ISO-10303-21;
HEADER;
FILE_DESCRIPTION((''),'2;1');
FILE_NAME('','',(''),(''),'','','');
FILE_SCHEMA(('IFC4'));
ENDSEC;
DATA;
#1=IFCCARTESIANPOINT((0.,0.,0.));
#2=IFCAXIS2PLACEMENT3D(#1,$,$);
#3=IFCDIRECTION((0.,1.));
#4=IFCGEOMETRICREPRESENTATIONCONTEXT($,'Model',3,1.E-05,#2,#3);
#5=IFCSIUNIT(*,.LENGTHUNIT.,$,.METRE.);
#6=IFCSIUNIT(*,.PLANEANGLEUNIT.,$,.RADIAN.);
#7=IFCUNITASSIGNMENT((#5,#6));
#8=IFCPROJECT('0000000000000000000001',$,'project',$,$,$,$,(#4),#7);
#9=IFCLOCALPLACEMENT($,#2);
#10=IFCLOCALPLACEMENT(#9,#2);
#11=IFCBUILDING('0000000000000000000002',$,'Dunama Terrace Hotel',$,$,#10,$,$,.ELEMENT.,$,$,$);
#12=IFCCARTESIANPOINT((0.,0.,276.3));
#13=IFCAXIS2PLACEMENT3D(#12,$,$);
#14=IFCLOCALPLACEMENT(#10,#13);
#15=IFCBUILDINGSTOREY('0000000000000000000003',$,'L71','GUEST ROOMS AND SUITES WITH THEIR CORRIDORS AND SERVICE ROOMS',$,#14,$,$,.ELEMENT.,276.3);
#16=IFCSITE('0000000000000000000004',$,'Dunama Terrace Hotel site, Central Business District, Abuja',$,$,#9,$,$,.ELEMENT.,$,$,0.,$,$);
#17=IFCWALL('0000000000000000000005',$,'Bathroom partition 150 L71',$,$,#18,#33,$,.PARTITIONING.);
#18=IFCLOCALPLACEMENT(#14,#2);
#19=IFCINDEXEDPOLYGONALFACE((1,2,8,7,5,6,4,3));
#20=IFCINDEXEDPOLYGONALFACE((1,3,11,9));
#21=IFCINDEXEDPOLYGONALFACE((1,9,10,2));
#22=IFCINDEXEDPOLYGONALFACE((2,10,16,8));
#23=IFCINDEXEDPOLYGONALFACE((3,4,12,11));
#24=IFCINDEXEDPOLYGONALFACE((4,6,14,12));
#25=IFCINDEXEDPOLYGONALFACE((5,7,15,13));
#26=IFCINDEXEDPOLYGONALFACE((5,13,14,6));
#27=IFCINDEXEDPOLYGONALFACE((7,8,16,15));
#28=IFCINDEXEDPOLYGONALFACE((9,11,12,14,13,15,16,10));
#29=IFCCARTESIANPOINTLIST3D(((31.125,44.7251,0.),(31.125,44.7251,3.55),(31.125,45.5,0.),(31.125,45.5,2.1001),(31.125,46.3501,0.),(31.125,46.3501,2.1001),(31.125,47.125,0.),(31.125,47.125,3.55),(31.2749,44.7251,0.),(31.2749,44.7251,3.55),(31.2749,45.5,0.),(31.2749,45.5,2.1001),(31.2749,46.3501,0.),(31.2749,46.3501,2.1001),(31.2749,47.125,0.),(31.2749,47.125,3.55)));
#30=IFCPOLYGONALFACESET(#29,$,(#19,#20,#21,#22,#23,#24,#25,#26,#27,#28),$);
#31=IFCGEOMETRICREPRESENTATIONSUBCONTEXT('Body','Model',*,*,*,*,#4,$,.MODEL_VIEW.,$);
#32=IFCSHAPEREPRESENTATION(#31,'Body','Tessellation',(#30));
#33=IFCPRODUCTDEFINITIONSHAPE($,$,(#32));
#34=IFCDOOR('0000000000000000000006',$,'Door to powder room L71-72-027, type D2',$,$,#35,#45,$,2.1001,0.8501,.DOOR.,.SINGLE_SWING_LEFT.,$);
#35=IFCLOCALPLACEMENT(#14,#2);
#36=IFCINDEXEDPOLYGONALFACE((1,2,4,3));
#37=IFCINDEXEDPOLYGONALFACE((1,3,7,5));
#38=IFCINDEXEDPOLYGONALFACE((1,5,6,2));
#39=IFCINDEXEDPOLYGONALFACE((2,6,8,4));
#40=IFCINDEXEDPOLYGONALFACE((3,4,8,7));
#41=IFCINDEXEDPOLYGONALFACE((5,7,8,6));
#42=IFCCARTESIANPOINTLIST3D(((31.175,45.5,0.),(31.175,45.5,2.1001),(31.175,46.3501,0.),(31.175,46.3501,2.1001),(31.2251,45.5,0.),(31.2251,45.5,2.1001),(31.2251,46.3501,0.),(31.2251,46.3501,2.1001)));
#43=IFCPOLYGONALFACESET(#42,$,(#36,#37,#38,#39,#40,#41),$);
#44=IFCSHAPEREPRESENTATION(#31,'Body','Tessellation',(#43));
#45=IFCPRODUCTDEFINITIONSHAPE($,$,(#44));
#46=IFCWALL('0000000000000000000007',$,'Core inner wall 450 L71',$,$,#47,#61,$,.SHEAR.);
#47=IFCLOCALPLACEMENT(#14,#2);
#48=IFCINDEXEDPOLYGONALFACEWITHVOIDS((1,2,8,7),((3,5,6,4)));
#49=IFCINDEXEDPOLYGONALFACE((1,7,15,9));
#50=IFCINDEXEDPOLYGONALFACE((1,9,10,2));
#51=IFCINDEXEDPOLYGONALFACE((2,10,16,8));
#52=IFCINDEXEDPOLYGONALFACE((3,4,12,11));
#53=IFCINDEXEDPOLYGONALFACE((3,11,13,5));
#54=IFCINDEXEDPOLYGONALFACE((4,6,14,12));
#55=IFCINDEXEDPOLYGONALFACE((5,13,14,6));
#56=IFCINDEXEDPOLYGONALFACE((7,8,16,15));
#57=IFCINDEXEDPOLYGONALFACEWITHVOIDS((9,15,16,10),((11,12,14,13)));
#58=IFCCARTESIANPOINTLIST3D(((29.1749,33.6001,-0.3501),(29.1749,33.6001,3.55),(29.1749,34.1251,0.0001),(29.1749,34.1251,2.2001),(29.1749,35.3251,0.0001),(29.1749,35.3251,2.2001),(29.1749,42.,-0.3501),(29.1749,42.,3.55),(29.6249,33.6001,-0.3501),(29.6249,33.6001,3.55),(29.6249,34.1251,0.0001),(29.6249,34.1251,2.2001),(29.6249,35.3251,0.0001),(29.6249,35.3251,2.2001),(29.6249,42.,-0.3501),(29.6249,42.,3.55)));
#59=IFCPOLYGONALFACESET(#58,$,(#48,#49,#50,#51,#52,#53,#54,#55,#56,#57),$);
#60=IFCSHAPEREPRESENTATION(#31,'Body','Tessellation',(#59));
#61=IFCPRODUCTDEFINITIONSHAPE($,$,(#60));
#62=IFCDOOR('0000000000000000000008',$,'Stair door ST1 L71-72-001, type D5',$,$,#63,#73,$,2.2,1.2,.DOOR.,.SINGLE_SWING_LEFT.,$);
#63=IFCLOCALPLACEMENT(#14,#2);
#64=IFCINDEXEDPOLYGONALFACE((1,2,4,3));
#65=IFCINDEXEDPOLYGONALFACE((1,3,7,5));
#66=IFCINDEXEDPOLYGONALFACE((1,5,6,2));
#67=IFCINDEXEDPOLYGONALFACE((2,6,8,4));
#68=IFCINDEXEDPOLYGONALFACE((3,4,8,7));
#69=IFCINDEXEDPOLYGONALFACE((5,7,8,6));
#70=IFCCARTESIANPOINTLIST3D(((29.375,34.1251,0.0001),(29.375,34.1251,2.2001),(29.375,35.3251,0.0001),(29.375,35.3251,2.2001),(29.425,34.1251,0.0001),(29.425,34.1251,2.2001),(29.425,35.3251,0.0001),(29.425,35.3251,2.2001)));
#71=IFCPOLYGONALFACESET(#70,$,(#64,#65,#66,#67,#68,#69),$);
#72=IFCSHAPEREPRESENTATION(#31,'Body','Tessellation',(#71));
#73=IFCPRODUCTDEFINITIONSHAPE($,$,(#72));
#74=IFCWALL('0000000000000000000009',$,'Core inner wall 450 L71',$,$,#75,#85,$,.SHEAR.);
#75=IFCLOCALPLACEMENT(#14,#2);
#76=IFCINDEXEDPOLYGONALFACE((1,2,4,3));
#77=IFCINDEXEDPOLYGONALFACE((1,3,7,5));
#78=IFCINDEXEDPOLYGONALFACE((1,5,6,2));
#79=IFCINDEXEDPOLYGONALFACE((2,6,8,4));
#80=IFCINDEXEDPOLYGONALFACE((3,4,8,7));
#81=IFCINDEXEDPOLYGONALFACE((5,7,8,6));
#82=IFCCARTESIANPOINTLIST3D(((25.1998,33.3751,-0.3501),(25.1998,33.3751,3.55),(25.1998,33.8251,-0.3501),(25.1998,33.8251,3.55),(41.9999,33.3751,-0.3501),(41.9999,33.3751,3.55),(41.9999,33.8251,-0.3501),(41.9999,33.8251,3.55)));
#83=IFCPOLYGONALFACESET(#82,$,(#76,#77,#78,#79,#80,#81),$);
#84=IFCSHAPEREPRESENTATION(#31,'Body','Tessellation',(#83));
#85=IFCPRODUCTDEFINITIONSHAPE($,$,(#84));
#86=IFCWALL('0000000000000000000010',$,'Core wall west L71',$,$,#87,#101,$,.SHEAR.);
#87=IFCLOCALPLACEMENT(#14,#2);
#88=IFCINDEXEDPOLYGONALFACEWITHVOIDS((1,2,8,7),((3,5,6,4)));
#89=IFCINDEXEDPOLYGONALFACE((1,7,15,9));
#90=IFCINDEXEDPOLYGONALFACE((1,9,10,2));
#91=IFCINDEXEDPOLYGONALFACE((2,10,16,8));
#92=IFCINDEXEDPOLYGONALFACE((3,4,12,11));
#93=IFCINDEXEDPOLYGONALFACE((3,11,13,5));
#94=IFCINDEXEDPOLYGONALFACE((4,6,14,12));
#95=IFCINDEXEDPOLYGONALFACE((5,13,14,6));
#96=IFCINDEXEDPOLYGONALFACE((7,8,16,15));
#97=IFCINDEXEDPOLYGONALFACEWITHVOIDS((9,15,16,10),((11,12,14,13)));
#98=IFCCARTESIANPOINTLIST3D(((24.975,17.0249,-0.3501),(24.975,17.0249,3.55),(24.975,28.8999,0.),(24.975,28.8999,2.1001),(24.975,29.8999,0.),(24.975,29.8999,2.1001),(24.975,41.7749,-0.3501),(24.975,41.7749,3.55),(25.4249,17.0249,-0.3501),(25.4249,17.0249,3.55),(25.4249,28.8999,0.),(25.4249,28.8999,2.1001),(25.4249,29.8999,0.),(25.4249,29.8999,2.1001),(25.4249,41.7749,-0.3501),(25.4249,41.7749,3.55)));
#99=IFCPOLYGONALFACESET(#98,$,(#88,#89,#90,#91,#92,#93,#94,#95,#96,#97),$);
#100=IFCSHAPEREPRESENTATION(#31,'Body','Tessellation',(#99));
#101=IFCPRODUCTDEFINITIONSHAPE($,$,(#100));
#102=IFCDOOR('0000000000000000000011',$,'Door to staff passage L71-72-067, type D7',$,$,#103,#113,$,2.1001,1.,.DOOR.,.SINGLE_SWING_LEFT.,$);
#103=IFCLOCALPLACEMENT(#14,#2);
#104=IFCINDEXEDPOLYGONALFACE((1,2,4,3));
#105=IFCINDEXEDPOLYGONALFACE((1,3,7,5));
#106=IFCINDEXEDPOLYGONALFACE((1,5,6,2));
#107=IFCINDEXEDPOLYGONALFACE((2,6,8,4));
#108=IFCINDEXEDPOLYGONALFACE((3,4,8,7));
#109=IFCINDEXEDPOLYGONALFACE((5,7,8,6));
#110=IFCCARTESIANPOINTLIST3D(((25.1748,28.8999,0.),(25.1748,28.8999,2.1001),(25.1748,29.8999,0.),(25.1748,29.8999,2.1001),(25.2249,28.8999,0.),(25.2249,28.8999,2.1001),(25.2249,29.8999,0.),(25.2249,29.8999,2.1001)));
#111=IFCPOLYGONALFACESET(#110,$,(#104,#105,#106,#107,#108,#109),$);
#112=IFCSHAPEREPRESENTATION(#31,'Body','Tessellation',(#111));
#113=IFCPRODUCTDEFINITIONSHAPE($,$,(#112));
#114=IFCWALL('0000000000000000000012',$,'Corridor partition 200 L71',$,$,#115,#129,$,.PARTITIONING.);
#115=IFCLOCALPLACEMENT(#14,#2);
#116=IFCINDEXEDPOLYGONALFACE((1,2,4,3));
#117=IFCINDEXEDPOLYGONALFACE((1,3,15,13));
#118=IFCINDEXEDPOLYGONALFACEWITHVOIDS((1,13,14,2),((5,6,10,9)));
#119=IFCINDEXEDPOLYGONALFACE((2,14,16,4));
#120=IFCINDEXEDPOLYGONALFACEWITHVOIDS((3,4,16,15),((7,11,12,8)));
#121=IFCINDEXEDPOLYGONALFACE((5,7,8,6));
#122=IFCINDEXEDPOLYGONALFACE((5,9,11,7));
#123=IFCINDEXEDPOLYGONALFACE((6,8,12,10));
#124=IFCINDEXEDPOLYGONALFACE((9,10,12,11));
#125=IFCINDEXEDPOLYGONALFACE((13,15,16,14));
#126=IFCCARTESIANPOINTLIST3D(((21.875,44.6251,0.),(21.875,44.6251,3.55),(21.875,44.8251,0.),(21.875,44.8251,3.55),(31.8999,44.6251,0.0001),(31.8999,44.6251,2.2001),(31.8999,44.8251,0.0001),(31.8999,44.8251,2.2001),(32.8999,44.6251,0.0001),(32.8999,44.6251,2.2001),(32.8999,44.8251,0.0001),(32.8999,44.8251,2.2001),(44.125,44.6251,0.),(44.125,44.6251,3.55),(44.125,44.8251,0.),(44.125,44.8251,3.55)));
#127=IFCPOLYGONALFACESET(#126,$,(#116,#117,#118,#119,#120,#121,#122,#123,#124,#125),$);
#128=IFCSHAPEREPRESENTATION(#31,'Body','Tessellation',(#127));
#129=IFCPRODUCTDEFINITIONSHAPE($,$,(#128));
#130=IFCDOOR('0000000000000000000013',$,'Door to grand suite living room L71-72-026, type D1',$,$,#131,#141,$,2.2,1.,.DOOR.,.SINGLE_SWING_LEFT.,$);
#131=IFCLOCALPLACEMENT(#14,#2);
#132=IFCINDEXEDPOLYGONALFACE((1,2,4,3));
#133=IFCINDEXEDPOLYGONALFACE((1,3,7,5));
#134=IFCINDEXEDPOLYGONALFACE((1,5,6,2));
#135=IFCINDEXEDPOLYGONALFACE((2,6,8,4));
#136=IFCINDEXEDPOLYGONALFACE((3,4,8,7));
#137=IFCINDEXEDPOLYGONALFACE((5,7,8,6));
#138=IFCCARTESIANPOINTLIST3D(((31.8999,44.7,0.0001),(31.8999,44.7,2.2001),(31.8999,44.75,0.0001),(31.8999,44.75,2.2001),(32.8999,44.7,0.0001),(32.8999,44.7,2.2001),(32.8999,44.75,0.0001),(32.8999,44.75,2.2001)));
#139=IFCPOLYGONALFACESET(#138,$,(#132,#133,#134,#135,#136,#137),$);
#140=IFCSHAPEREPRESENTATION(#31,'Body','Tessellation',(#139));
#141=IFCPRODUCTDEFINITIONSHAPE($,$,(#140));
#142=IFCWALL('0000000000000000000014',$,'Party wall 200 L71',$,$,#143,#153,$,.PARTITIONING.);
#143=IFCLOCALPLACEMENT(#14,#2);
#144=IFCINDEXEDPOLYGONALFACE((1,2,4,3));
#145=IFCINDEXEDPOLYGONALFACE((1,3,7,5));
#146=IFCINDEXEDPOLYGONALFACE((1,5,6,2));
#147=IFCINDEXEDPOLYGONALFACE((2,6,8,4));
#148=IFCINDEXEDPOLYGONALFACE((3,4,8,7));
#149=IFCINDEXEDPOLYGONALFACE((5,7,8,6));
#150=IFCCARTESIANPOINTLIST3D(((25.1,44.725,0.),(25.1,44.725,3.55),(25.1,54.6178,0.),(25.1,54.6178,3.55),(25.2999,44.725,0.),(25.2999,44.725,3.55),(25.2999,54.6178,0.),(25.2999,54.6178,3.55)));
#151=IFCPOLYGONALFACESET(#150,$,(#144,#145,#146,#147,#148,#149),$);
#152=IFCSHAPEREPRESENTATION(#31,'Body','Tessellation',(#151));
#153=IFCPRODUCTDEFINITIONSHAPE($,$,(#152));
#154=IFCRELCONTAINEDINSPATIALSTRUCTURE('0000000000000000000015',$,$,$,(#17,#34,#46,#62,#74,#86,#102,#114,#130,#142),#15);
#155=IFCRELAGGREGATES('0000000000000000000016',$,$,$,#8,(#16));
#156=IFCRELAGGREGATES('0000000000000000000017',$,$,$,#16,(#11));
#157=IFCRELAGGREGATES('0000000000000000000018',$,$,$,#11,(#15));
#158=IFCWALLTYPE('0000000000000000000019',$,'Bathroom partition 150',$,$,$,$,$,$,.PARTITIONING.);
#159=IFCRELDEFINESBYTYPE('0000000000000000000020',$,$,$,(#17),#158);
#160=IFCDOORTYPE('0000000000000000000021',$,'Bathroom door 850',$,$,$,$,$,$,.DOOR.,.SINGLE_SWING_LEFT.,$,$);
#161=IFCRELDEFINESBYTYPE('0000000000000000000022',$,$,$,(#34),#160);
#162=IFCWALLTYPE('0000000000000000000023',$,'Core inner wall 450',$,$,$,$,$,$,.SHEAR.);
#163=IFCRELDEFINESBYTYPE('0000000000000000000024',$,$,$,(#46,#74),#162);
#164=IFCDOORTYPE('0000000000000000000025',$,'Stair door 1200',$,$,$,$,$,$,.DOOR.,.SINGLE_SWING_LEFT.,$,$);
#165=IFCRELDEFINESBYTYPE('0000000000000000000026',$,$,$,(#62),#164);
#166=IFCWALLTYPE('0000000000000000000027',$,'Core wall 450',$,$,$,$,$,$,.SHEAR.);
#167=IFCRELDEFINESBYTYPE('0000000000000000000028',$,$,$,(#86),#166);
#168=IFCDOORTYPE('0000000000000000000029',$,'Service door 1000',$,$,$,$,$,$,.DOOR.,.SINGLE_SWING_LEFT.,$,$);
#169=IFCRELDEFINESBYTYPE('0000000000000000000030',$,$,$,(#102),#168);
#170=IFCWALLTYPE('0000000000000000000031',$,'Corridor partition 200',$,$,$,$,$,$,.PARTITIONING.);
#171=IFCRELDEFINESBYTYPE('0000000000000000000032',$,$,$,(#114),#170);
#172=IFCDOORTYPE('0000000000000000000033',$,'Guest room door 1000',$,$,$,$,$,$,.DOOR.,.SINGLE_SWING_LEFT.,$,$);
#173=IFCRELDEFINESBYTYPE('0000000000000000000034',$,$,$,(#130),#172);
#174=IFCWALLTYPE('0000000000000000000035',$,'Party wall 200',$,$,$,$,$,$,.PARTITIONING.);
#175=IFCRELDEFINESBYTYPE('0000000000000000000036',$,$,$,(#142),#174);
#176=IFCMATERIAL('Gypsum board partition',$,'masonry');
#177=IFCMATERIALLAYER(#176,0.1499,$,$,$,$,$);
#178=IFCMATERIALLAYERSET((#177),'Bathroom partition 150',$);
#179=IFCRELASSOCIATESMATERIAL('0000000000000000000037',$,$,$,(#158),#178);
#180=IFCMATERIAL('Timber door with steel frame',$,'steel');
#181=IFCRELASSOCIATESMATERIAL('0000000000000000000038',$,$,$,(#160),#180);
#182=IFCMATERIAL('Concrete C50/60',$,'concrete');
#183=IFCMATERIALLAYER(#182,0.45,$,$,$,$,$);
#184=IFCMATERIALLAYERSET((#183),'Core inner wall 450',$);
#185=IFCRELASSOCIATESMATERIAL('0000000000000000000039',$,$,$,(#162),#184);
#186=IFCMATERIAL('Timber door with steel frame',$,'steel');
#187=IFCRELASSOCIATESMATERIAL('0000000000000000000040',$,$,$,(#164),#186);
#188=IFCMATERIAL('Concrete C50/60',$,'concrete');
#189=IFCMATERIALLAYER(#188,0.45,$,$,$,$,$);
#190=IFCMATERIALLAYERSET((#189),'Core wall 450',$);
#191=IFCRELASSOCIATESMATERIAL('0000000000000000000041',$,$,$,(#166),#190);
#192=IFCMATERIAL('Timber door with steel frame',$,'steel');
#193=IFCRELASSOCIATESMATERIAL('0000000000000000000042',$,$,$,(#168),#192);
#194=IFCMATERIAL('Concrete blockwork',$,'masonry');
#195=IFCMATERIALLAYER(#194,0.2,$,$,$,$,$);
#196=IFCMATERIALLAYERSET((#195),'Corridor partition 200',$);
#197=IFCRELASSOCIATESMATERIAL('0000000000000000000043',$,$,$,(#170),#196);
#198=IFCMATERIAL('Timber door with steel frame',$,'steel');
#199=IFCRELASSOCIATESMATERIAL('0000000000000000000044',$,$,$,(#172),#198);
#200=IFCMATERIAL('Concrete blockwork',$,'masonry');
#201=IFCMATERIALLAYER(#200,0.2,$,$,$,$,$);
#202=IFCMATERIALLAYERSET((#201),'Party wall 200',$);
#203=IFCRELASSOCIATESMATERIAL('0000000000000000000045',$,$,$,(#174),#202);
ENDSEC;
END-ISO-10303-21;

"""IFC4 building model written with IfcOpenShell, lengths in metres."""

from ifc_helpers import new_model, si_unit, direction, frame, frame_2d, origin, place, context, subcontext, project, spatial, rectangle, extrude, material, layer, layer_set, type_object, element, fill, save


model = new_model("IFC4")

# Units and contexts
model_context = context("Model", 3, precision=1e-05, world=origin(), true_north=direction((0.0, 1.0)))
body_context = subcontext(model_context, "Body", "Model", "MODEL_VIEW")
ifc_project = project(units=[si_unit("LENGTHUNIT", "METRE"), si_unit("PLANEANGLEUNIT", "RADIAN")], contexts=[model_context])

# Site, building, storey
site_placement = place(None, origin())
site = spatial("IfcSite", under=ifc_project, at=site_placement, Name="Dunama Terrace Hotel site, Central Business District, Abuja", CompositionType="ELEMENT", RefElevation=0.0)
building_placement = place(site_placement, origin())
building = spatial("IfcBuilding", under=site, at=building_placement, Name="Dunama Terrace Hotel", CompositionType="ELEMENT")
storey_placement = place(building_placement, frame((0.0, 0.0, 276.3)))
storey = spatial("IfcBuildingStorey", under=building, at=storey_placement, Name="L71", Description="GUEST ROOMS AND SUITES WITH THEIR CORRIDORS AND SERVICE ROOMS", CompositionType="ELEMENT", Elevation=276.3)

# Walls, openings, doors
ifc_material_1 = material(Name="Gypsum board partition", Category="masonry")
ifc_layer_1 = layer(ifc_material_1, 0.1499)
ifc_layer_set_1 = layer_set([ifc_layer_1], Name="Bathroom partition 150")
wall_type_1 = type_object("IfcWallType", Name="Bathroom partition 150", PredefinedType="PARTITIONING", material=ifc_layer_set_1)
wall_1_placement = place(storey_placement, frame((31.2, 44.7251, 0.0), z_axis=(0.0, 0.0, 1.0), x_axis=(0.0, 1.0, 0.0)))
wall_1 = element("IfcWall", 1, at=wall_1_placement, inside=storey, type_object=wall_type_1, Name="Bathroom partition 150 L71", PredefinedType="PARTITIONING", context=body_context, shape_type="SweptSolid", body=[
    extrude(rectangle(XDim=2.3999, YDim=0.1499, at=frame_2d((1.2, 0.0))), origin(), (0.0, 0.0, 1.0), 3.55),
])
opening_1_placement = place(wall_1_placement, frame((0.7749, 0.0, 0.0)))
opening_1 = element("IfcOpeningElement", 2, at=opening_1_placement, cuts=wall_1, PredefinedType="OPENING", context=body_context, shape_type="SweptSolid", body=[
    extrude(rectangle(XDim=0.8501, YDim=2.1001, at=frame_2d((0.425, 1.05))), frame((0.0, 0.085, 0.0), z_axis=(0.0, -1.0, 0.0), x_axis=(1.0, 0.0, 0.0)), (0.0, 0.0, 1.0), 0.1699),
])
ifc_material_2 = material(Name="Timber door with steel frame", Category="steel")
door_type_1 = type_object("IfcDoorType", Name="Bathroom door 850", OperationType="SINGLE_SWING_LEFT", PredefinedType="DOOR", material=ifc_material_2)
door_1_placement = place(opening_1_placement, origin())
door_1 = element("IfcDoor", 3, at=door_1_placement, inside=storey, type_object=door_type_1, Name="Door to powder room L71-72-027, type D2", OperationType="SINGLE_SWING_LEFT", OverallHeight=2.1001, OverallWidth=0.8501, PredefinedType="DOOR", context=body_context, shape_type="SweptSolid", body=[
    extrude(rectangle(XDim=0.8501, YDim=2.1001, at=frame_2d((0.425, 1.05))), frame((0.0, 0.0249, 0.0), z_axis=(0.0, -1.0, 0.0), x_axis=(1.0, 0.0, 0.0)), (0.0, 0.0, 1.0), 0.05),
])
fill(opening_1, door_1)
ifc_material_3 = material(Name="Concrete C50/60", Category="concrete")
ifc_layer_2 = layer(ifc_material_3, 0.45)
ifc_layer_set_2 = layer_set([ifc_layer_2], Name="Core inner wall 450")
wall_type_2 = type_object("IfcWallType", Name="Core inner wall 450", PredefinedType="SHEAR", material=ifc_layer_set_2)
wall_2_placement = place(storey_placement, frame((29.3999, 33.6001, -0.3501), z_axis=(0.0, 0.0, 1.0), x_axis=(0.0, 1.0, 0.0)))
wall_2 = element("IfcWall", 4, at=wall_2_placement, inside=storey, type_object=wall_type_2, Name="Core inner wall 450 L71", PredefinedType="SHEAR", context=body_context, shape_type="SweptSolid", body=[
    extrude(rectangle(XDim=8.3999, YDim=0.45, at=frame_2d((4.2, 0.0))), origin(), (0.0, 0.0, 1.0), 3.9001),
])
opening_2_placement = place(wall_2_placement, frame((0.5249, 0.0, 0.3501)))
opening_2 = element("IfcOpeningElement", 5, at=opening_2_placement, cuts=wall_2, PredefinedType="OPENING", context=body_context, shape_type="SweptSolid", body=[
    extrude(rectangle(XDim=1.2, YDim=2.2, at=frame_2d((0.6001, 1.1001))), frame((0.0, 0.2349, 0.0), z_axis=(0.0, -1.0, 0.0), x_axis=(1.0, 0.0, 0.0)), (0.0, 0.0, 1.0), 0.47),
])
ifc_material_4 = material(Name="Timber door with steel frame", Category="steel")
door_type_2 = type_object("IfcDoorType", Name="Stair door 1200", OperationType="SINGLE_SWING_LEFT", PredefinedType="DOOR", material=ifc_material_4)
door_2_placement = place(opening_2_placement, origin())
door_2 = element("IfcDoor", 6, at=door_2_placement, inside=storey, type_object=door_type_2, Name="Stair door ST1 L71-72-001, type D5", OperationType="SINGLE_SWING_LEFT", OverallHeight=2.2, OverallWidth=1.2, PredefinedType="DOOR", context=body_context, shape_type="SweptSolid", body=[
    extrude(rectangle(XDim=1.2, YDim=2.2, at=frame_2d((0.6001, 1.1001))), frame((0.0, 0.0249, 0.0), z_axis=(0.0, -1.0, 0.0), x_axis=(1.0, 0.0, 0.0)), (0.0, 0.0, 1.0), 0.05),
])
fill(opening_2, door_2)

# Wall
wall_3_placement = place(storey_placement, frame((25.2, 33.6001, -0.3501), z_axis=(0.0, 0.0, 1.0), x_axis=(1.0, 0.0, 0.0)))
element("IfcWall", 7, at=wall_3_placement, inside=storey, type_object=wall_type_2, Name="Core inner wall 450 L71", PredefinedType="SHEAR", context=body_context, shape_type="SweptSolid", body=[
    extrude(rectangle(XDim=16.8, YDim=0.45, at=frame_2d((8.3999, 0.0))), origin(), (0.0, 0.0, 1.0), 3.9001),
])

# Walls, openings, doors
ifc_material_5 = material(Name="Concrete C50/60", Category="concrete")
ifc_layer_3 = layer(ifc_material_5, 0.45)
ifc_layer_set_3 = layer_set([ifc_layer_3], Name="Core wall 450")
wall_type_3 = type_object("IfcWallType", Name="Core wall 450", PredefinedType="SHEAR", material=ifc_layer_set_3)
wall_4_placement = place(storey_placement, frame((25.2, 41.7749, -0.3501), z_axis=(0.0, 0.0, 1.0), x_axis=(0.0, -1.0, 0.0)))
wall_4 = element("IfcWall", 8, at=wall_4_placement, inside=storey, type_object=wall_type_3, Name="Core wall west L71", PredefinedType="SHEAR", context=body_context, shape_type="SweptSolid", body=[
    extrude(rectangle(XDim=24.75, YDim=0.45, at=frame_2d((12.375, 0.0))), origin(), (0.0, 0.0, 1.0), 3.9001),
])
opening_3_placement = place(wall_4_placement, frame((11.875, 0.0, 0.3501)))
opening_3 = element("IfcOpeningElement", 9, at=opening_3_placement, cuts=wall_4, PredefinedType="OPENING", context=body_context, shape_type="SweptSolid", body=[
    extrude(rectangle(XDim=1.0, YDim=2.1001, at=frame_2d((0.5, 1.05))), frame((0.0, 0.2349, 0.0), z_axis=(0.0, -1.0, 0.0), x_axis=(1.0, 0.0, 0.0)), (0.0, 0.0, 1.0), 0.47),
])
ifc_material_6 = material(Name="Timber door with steel frame", Category="steel")
door_type_3 = type_object("IfcDoorType", Name="Service door 1000", OperationType="SINGLE_SWING_LEFT", PredefinedType="DOOR", material=ifc_material_6)
door_3_placement = place(opening_3_placement, origin())
door_3 = element("IfcDoor", 10, at=door_3_placement, inside=storey, type_object=door_type_3, Name="Door to staff passage L71-72-067, type D7", OperationType="SINGLE_SWING_LEFT", OverallHeight=2.1001, OverallWidth=1.0, PredefinedType="DOOR", context=body_context, shape_type="SweptSolid", body=[
    extrude(rectangle(XDim=1.0, YDim=2.1001, at=frame_2d((0.5, 1.05))), frame((0.0, 0.0249, 0.0), z_axis=(0.0, -1.0, 0.0), x_axis=(1.0, 0.0, 0.0)), (0.0, 0.0, 1.0), 0.05),
])
fill(opening_3, door_3)
ifc_material_7 = material(Name="Concrete blockwork", Category="masonry")
ifc_layer_4 = layer(ifc_material_7, 0.2)
ifc_layer_set_4 = layer_set([ifc_layer_4], Name="Corridor partition 200")
wall_type_4 = type_object("IfcWallType", Name="Corridor partition 200", PredefinedType="PARTITIONING", material=ifc_layer_set_4)
wall_5_placement = place(storey_placement, frame((21.875, 44.7251, 0.0), z_axis=(0.0, 0.0, 1.0), x_axis=(1.0, 0.0, 0.0)))
wall_5 = element("IfcWall", 11, at=wall_5_placement, inside=storey, type_object=wall_type_4, Name="Corridor partition 200 L71", PredefinedType="PARTITIONING", context=body_context, shape_type="SweptSolid", body=[
    extrude(rectangle(XDim=22.25, YDim=0.2, at=frame_2d((11.125, 0.0))), origin(), (0.0, 0.0, 1.0), 3.55),
])
opening_4_placement = place(wall_5_placement, frame((10.0249, 0.0, 0.0)))
opening_4 = element("IfcOpeningElement", 12, at=opening_4_placement, cuts=wall_5, PredefinedType="OPENING", context=body_context, shape_type="SweptSolid", body=[
    extrude(rectangle(XDim=1.0, YDim=2.2, at=frame_2d((0.5, 1.1001))), frame((0.0, 0.1099, 0.0), z_axis=(0.0, -1.0, 0.0), x_axis=(1.0, 0.0, 0.0)), (0.0, 0.0, 1.0), 0.22),
])
ifc_material_8 = material(Name="Timber door with steel frame", Category="steel")
door_type_4 = type_object("IfcDoorType", Name="Guest room door 1000", OperationType="SINGLE_SWING_LEFT", PredefinedType="DOOR", material=ifc_material_8)
door_4_placement = place(opening_4_placement, origin())
door_4 = element("IfcDoor", 13, at=door_4_placement, inside=storey, type_object=door_type_4, Name="Door to grand suite living room L71-72-026, type D1", OperationType="SINGLE_SWING_LEFT", OverallHeight=2.2, OverallWidth=1.0, PredefinedType="DOOR", context=body_context, shape_type="SweptSolid", body=[
    extrude(rectangle(XDim=1.0, YDim=2.2, at=frame_2d((0.5, 1.1001))), frame((0.0, 0.0249, 0.0), z_axis=(0.0, -1.0, 0.0), x_axis=(1.0, 0.0, 0.0)), (0.0, 0.0, 1.0), 0.05),
])
fill(opening_4, door_4)

# Wall
ifc_material_9 = material(Name="Concrete blockwork", Category="masonry")
ifc_layer_5 = layer(ifc_material_9, 0.2)
ifc_layer_set_5 = layer_set([ifc_layer_5], Name="Party wall 200")
wall_type_5 = type_object("IfcWallType", Name="Party wall 200", PredefinedType="PARTITIONING", material=ifc_layer_set_5)
wall_6_placement = place(storey_placement, frame((25.2, 44.7251, 0.0), z_axis=(0.0, 0.0, 1.0), x_axis=(0.0, 1.0, 0.0)))
element("IfcWall", 14, at=wall_6_placement, inside=storey, type_object=wall_type_5, Name="Party wall 200 L71", PredefinedType="PARTITIONING", context=body_context, shape_type="SweptSolid", body=[
    extrude(rectangle(XDim=9.8928, YDim=0.2, at=frame_2d((4.9463, 0.0))), origin(), (0.0, 0.0, 1.0), 3.55),
])

save(model, "model.ifc")
